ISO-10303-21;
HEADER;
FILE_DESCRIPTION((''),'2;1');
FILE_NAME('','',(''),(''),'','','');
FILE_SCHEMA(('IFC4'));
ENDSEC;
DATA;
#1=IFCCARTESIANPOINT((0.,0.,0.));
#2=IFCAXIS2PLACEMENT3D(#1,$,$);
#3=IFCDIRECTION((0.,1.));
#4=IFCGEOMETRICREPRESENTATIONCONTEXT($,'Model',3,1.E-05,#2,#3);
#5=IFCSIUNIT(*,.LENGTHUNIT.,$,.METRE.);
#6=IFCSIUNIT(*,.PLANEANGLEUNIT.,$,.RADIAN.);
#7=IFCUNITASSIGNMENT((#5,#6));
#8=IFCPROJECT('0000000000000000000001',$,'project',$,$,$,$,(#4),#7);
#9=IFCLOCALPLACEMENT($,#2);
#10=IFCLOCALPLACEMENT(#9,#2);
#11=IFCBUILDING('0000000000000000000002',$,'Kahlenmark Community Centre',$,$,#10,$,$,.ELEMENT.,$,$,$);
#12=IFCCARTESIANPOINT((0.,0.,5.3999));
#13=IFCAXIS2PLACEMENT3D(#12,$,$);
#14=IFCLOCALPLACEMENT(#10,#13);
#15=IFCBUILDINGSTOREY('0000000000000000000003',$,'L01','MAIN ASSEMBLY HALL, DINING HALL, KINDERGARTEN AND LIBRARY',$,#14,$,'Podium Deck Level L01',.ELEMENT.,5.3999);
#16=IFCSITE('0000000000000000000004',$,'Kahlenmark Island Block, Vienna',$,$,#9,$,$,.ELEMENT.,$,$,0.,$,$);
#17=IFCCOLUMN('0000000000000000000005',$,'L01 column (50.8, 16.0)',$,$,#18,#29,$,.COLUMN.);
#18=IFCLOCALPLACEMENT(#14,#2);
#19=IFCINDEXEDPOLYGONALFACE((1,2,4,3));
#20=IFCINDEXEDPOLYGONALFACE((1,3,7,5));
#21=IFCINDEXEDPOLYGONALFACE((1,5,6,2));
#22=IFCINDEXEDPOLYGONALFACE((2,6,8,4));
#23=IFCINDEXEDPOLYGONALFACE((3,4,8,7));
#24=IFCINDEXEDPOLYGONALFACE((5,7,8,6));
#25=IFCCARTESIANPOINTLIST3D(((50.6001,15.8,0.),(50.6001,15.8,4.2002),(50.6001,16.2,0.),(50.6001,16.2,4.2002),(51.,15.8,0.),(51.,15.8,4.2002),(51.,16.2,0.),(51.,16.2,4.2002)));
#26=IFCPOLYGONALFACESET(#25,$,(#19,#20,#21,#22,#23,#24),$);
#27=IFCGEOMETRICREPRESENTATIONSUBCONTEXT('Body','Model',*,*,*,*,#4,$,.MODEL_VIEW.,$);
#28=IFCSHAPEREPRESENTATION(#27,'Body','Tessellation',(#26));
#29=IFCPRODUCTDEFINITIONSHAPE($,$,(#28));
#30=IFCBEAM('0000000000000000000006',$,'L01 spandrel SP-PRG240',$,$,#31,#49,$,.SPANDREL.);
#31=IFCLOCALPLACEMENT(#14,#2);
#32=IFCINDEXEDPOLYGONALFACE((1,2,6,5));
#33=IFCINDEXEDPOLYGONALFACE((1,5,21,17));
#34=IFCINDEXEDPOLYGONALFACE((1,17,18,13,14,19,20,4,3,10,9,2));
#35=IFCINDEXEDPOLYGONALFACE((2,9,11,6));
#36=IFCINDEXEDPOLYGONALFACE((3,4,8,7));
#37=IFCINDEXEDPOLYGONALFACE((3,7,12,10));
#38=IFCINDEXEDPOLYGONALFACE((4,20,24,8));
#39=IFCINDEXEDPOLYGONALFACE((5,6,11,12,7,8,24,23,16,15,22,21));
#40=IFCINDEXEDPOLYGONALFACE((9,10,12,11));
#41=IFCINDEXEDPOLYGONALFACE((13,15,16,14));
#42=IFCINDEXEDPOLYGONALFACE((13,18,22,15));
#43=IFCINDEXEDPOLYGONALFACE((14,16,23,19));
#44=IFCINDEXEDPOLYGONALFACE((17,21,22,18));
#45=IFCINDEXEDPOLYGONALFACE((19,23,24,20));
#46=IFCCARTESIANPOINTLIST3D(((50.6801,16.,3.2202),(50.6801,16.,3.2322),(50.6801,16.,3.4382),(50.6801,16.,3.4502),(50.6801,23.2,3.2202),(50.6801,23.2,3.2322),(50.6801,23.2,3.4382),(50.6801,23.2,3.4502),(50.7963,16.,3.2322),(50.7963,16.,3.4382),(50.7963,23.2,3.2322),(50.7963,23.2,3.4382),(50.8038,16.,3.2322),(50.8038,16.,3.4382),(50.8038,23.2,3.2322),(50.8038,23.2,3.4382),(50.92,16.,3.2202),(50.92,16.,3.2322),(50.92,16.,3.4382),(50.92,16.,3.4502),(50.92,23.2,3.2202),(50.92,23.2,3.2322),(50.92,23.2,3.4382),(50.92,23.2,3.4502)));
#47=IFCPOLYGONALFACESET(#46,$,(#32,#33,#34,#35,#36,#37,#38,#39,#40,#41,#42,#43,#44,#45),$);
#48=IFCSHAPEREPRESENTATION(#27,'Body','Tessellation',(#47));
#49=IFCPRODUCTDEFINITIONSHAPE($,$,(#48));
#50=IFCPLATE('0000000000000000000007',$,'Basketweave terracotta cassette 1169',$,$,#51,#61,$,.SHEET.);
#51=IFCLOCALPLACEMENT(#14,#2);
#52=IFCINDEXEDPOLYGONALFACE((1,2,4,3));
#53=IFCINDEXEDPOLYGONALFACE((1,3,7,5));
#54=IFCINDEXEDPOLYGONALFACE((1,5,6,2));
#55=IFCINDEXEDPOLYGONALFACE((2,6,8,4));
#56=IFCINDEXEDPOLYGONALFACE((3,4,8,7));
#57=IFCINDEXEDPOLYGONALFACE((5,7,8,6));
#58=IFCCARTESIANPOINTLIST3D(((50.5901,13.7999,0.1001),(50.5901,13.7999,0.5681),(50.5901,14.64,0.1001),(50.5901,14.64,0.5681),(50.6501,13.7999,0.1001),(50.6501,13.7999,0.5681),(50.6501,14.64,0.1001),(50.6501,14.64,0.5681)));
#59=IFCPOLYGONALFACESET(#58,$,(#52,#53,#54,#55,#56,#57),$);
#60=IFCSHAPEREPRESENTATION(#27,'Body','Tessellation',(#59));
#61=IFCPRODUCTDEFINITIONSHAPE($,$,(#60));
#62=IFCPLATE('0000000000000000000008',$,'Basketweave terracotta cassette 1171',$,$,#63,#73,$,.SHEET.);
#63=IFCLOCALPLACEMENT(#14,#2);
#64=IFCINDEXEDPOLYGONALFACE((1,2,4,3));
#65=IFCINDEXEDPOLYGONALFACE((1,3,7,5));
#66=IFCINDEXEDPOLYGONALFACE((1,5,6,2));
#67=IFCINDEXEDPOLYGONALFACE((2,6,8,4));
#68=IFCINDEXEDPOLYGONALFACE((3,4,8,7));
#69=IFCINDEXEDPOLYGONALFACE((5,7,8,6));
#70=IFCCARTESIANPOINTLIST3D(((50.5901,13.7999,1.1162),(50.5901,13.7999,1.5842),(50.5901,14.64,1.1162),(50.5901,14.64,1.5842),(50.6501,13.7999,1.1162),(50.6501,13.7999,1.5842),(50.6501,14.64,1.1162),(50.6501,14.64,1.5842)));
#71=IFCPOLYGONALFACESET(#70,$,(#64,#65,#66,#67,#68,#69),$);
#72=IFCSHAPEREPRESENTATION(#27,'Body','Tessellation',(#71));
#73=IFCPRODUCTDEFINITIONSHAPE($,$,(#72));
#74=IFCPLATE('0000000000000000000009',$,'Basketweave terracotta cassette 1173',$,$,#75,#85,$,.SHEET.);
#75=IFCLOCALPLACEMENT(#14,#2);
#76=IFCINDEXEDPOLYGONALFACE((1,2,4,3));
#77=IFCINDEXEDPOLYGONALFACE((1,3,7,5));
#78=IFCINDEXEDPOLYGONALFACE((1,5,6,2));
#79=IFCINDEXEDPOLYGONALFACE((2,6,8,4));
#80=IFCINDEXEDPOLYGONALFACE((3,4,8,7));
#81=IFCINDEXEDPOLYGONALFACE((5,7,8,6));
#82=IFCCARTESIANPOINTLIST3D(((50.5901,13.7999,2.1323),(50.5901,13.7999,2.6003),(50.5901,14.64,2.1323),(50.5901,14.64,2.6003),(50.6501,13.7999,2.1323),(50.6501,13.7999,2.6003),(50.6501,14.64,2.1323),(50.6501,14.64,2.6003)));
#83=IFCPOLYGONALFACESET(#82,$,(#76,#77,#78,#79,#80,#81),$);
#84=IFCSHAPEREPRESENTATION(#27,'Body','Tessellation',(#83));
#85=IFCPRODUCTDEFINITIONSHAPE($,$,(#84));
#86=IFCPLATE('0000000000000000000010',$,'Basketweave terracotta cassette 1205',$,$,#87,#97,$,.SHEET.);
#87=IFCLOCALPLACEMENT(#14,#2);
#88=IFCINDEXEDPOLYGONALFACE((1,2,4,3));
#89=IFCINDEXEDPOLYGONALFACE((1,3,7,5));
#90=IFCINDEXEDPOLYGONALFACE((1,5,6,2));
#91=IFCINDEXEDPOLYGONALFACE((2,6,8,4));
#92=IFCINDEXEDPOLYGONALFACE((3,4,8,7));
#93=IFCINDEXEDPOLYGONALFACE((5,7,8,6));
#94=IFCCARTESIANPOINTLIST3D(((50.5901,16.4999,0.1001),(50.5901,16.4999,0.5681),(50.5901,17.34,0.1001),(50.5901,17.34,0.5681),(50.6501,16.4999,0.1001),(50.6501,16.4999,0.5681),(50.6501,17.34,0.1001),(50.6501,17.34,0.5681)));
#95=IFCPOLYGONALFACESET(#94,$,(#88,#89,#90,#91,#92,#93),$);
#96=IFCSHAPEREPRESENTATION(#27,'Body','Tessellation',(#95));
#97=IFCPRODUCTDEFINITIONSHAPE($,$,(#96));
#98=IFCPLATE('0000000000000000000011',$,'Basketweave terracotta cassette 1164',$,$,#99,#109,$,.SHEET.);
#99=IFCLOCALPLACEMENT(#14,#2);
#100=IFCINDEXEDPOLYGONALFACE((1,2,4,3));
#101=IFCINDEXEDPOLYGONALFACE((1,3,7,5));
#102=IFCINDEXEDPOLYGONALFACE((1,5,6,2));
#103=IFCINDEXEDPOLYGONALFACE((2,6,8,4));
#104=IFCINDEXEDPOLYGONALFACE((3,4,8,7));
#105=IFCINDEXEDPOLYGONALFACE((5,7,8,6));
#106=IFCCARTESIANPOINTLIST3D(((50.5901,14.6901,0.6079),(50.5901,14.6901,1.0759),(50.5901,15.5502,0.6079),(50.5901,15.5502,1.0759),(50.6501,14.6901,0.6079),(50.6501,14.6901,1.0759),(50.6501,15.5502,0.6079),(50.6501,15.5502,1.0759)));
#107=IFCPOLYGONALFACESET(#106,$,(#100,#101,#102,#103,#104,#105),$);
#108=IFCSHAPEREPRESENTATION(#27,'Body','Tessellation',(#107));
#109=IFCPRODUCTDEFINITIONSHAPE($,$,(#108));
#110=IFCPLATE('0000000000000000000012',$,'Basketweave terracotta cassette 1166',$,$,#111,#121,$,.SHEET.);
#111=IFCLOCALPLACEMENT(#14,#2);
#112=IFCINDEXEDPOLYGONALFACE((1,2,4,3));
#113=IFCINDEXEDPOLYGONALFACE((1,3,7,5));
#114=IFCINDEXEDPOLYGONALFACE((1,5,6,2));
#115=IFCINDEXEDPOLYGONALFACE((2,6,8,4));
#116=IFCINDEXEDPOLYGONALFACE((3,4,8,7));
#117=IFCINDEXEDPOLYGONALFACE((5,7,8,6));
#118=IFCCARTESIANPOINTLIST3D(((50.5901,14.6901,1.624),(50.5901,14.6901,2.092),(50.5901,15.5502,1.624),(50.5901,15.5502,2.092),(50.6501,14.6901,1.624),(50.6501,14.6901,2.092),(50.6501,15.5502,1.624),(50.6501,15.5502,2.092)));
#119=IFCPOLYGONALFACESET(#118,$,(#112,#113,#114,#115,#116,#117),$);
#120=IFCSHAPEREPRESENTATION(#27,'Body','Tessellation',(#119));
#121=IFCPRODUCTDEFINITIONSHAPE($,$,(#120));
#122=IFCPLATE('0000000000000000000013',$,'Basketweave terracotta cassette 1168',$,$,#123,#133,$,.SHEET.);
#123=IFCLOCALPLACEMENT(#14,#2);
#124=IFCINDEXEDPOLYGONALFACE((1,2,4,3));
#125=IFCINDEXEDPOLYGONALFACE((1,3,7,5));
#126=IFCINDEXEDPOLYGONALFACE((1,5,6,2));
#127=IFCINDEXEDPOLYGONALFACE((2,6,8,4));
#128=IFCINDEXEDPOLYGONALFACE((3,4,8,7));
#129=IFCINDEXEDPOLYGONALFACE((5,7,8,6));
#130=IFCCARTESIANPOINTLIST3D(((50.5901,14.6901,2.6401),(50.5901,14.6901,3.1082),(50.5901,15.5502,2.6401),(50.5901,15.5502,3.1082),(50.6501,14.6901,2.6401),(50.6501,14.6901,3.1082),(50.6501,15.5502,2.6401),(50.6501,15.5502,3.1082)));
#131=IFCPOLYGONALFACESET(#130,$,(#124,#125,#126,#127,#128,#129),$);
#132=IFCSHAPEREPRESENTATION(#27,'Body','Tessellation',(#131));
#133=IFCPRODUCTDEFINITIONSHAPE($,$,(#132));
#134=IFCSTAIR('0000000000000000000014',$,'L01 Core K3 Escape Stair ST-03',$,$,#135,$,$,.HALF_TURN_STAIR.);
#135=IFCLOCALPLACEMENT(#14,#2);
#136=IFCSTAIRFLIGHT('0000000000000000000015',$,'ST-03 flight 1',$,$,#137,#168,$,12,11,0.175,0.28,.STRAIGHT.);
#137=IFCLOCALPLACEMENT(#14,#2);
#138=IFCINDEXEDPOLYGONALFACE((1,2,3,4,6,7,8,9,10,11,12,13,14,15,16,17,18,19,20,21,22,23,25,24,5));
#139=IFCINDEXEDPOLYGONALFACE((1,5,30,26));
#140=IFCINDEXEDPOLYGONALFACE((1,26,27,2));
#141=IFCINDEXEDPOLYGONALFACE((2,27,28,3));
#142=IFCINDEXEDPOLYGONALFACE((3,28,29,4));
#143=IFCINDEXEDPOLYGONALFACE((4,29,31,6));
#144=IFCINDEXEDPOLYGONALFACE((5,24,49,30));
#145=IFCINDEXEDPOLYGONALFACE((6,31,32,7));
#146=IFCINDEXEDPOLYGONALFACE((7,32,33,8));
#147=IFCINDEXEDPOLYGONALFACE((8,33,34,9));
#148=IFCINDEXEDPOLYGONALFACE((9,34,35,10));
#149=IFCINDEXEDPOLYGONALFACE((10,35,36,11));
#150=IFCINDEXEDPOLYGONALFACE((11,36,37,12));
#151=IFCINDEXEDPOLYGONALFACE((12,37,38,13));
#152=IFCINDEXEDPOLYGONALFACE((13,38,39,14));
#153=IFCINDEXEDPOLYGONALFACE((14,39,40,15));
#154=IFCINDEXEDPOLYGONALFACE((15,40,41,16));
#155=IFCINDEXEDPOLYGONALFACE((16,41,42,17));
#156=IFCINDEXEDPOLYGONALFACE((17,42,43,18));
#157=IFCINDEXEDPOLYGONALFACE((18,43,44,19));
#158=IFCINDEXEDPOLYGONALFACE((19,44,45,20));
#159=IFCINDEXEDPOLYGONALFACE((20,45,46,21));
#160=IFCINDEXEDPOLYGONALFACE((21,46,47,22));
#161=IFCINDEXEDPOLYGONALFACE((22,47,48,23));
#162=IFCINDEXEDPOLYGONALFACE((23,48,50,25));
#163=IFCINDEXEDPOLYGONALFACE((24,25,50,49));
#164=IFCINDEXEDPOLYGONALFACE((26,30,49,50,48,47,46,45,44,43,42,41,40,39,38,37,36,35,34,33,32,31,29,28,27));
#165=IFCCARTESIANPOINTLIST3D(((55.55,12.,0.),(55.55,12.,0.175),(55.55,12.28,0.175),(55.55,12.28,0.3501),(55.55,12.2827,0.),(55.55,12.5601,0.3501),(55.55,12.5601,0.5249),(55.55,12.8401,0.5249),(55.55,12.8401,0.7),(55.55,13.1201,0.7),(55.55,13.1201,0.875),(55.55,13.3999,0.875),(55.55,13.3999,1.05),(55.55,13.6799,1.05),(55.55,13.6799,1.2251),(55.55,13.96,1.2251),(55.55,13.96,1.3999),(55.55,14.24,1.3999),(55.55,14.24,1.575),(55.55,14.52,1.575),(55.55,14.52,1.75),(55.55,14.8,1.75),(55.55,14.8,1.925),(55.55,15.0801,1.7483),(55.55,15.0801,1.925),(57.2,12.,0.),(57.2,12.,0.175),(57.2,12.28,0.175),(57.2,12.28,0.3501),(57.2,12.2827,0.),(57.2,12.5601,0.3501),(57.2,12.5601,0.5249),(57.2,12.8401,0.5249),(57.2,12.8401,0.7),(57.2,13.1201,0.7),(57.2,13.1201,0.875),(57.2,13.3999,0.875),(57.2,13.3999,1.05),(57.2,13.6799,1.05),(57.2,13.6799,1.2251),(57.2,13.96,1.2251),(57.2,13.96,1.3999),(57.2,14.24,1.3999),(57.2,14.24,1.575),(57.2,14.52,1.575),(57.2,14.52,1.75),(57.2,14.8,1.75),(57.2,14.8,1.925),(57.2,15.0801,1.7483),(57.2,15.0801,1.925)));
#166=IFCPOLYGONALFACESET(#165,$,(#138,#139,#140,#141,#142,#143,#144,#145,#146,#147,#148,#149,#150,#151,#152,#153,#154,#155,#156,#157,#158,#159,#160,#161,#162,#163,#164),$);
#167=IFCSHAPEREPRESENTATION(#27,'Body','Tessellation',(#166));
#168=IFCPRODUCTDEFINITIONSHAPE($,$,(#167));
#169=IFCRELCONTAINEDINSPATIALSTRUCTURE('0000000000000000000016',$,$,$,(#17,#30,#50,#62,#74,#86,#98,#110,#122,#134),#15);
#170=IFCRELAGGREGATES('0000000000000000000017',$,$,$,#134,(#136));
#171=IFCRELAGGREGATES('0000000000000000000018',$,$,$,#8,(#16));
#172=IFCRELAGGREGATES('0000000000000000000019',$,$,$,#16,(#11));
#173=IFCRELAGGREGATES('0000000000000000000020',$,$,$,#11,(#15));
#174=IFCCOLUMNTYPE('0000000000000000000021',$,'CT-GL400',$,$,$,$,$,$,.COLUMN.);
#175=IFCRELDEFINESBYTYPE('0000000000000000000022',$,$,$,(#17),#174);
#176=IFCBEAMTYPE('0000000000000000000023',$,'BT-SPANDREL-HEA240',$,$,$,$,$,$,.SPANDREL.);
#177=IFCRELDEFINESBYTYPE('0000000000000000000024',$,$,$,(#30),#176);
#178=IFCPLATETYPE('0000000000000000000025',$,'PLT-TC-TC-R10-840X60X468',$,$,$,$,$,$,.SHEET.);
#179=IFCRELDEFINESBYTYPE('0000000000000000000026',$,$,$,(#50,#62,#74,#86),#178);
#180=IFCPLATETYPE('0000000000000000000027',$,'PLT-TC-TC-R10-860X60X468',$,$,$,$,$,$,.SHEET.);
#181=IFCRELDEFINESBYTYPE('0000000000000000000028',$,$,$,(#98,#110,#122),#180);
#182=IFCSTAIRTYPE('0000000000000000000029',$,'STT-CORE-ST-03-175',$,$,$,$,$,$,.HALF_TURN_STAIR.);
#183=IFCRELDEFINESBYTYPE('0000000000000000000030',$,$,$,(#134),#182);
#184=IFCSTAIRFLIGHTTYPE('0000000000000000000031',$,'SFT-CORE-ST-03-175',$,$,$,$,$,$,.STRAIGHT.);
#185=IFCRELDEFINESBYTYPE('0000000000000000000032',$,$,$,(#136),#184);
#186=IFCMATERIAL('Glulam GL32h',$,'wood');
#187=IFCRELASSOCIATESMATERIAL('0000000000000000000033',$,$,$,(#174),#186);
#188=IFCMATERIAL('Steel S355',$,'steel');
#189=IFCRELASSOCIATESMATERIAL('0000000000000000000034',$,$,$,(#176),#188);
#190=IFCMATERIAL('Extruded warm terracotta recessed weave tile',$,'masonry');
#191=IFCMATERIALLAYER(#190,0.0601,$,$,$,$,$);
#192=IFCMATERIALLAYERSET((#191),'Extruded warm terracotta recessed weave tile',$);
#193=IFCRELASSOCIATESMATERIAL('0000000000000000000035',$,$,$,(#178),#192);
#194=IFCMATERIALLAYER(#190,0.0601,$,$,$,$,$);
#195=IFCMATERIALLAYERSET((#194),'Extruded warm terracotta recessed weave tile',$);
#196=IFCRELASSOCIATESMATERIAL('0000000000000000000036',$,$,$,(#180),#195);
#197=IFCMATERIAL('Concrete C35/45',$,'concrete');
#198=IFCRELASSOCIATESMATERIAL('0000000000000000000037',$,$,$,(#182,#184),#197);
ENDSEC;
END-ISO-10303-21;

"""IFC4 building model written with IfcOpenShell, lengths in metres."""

from ifc_helpers import new_model, si_unit, direction, frame, origin, origin_2d, place, context, subcontext, project, spatial, polyline, rectangle, i_section, outline, extrude, material, layer, layer_set, material_profile, profile_set, type_object, element, aggregate, save


model = new_model("IFC4")

# Units and contexts
model_context = context("Model", 3, precision=1e-05, world=origin(), true_north=direction((0.0, 1.0)))
body_context = subcontext(model_context, "Body", "Model", "MODEL_VIEW")
ifc_project = project(units=[si_unit("LENGTHUNIT", "METRE"), si_unit("PLANEANGLEUNIT", "RADIAN")], contexts=[model_context])

# Site, building, storey
site_placement = place(None, origin())
site = spatial("IfcSite", under=ifc_project, at=site_placement, Name="Kahlenmark Island Block, Vienna", CompositionType="ELEMENT", RefElevation=0.0)
building_placement = place(site_placement, origin())
building = spatial("IfcBuilding", under=site, at=building_placement, Name="Kahlenmark Community Centre", CompositionType="ELEMENT")
storey_placement = place(building_placement, frame((0.0, 0.0, 5.3999)))
storey = spatial("IfcBuildingStorey", under=building, at=storey_placement, Name="L01", Description="MAIN ASSEMBLY HALL, DINING HALL, KINDERGARTEN AND LIBRARY", LongName="Podium Deck Level L01", CompositionType="ELEMENT", Elevation=5.3999)

# Column
ifc_material_1 = material(Name="Glulam GL32h", Category="wood")
ifc_material_profile_1 = material_profile(ifc_material_1, rectangle(XDim=0.3999, YDim=0.3999, at=origin_2d()), Name="GL32h 400x400")
ifc_profile_set_1 = profile_set([ifc_material_profile_1], Name="Glulam GL32h")
column_type = type_object("IfcColumnType", Name="CT-GL400", PredefinedType="COLUMN", material=ifc_profile_set_1)
column_placement = place(storey_placement, frame((50.8, 16.0, 0.0), z_axis=(0.0, 0.0, 1.0), x_axis=(1.0, 0.0, 0.0)))
element("IfcColumn", 1, at=column_placement, inside=storey, type_object=column_type, Name="L01 column (50.8, 16.0)", PredefinedType="COLUMN", context=body_context, shape_type="SweptSolid", body=[
    extrude(rectangle(XDim=0.3999, YDim=0.3999, at=origin_2d()), origin(), (0.0, 0.0, 1.0), 4.2002),
])

# Beam
ifc_material_2 = material(Name="Steel S355", Category="steel")
ifc_material_profile_2 = material_profile(ifc_material_2, i_section(OverallWidth=0.24, OverallDepth=0.23, WebThickness=0.0076, FlangeThickness=0.012, at=origin_2d()), Name="HEA 240")
ifc_profile_set_2 = profile_set([ifc_material_profile_2], Name="Steel S355")
beam_type = type_object("IfcBeamType", Name="BT-SPANDREL-HEA240", PredefinedType="SPANDREL", material=ifc_profile_set_2)
beam_placement = place(storey_placement, frame((50.8, 16.0, 3.3352), z_axis=(0.0, 1.0, 0.0), x_axis=(-1.0, 0.0, 0.0)))
element("IfcBeam", 2, at=beam_placement, inside=storey, type_object=beam_type, Name="L01 spandrel SP-PRG240", PredefinedType="SPANDREL", context=body_context, shape_type="SweptSolid", body=[
    extrude(i_section(OverallWidth=0.24, OverallDepth=0.23, WebThickness=0.0076, FlangeThickness=0.012, at=origin_2d()), origin(), (0.0, 0.0, 1.0), 7.2),
])

# Plates
ifc_material_3 = material(Name="Extruded warm terracotta recessed weave tile", Category="masonry")
ifc_layer_1 = layer(ifc_material_3, 0.0601)
ifc_layer_set_1 = layer_set([ifc_layer_1], Name="Extruded warm terracotta recessed weave tile")
plate_type_1 = type_object("IfcPlateType", Name="PLT-TC-TC-R10-840X60X468", PredefinedType="SHEET", material=ifc_layer_set_1)
for number, where, z_axis, x_axis, name in (
    (3, (50.6201, 14.22, 0.1001), (0.0, 0.0, 1.0), (0.0, -1.0, 0.0), "Basketweave terracotta cassette 1169"),
    (4, (50.6201, 14.22, 1.1162), (0.0, 0.0, 1.0), (0.0, -1.0, 0.0), "Basketweave terracotta cassette 1171"),
    (5, (50.6201, 14.22, 2.1323), (0.0, 0.0, 1.0), (0.0, -1.0, 0.0), "Basketweave terracotta cassette 1173"),
    (6, (50.6201, 16.9199, 0.1001), (0.0, 0.0, 1.0), (0.0, -1.0, 0.0), "Basketweave terracotta cassette 1205"),
):
    element("IfcPlate", number, at=place(storey_placement, frame(where, z_axis=z_axis, x_axis=x_axis)), inside=storey, type_object=plate_type_1, Name=name, PredefinedType="SHEET", context=body_context, shape_type="SweptSolid", body=[
        extrude(rectangle(XDim=0.8401, YDim=0.0601, at=origin_2d()), origin(), (0.0, 0.0, 1.0), 0.468),
    ])
ifc_layer_2 = layer(ifc_material_3, 0.0601)
ifc_layer_set_2 = layer_set([ifc_layer_2], Name="Extruded warm terracotta recessed weave tile")
plate_type_2 = type_object("IfcPlateType", Name="PLT-TC-TC-R10-860X60X468", PredefinedType="SHEET", material=ifc_layer_set_2)
for number, where, z_axis, x_axis, name in (
    (7, (50.6201, 15.1201, 0.6079), (0.0, 0.0, 1.0), (0.0, -1.0, 0.0), "Basketweave terracotta cassette 1164"),
    (8, (50.6201, 15.1201, 1.624), (0.0, 0.0, 1.0), (0.0, -1.0, 0.0), "Basketweave terracotta cassette 1166"),
    (9, (50.6201, 15.1201, 2.6401), (0.0, 0.0, 1.0), (0.0, -1.0, 0.0), "Basketweave terracotta cassette 1168"),
):
    element("IfcPlate", number, at=place(storey_placement, frame(where, z_axis=z_axis, x_axis=x_axis)), inside=storey, type_object=plate_type_2, Name=name, PredefinedType="SHEET", context=body_context, shape_type="SweptSolid", body=[
        extrude(rectangle(XDim=0.8601, YDim=0.0601, at=origin_2d()), origin(), (0.0, 0.0, 1.0), 0.468),
    ])

# Stair, stair flight
ifc_material_4 = material(Name="Concrete C35/45", Category="concrete")
stair_type = type_object("IfcStairType", Name="STT-CORE-ST-03-175", PredefinedType="HALF_TURN_STAIR", material=ifc_material_4)
stair_placement = place(storey_placement, origin())
stair = element("IfcStair", 10, at=stair_placement, inside=storey, type_object=stair_type, Name="L01 Core K3 Escape Stair ST-03", PredefinedType="HALF_TURN_STAIR")
stair_flight_type = type_object("IfcStairFlightType", Name="SFT-CORE-ST-03-175", PredefinedType="STRAIGHT", material=ifc_material_4)
stair_flight_1_placement = place(storey_placement, frame((56.375, 12.0, 0.0), z_axis=(0.0, 0.0, 1.0), x_axis=(0.0, 1.0, 0.0)))
stair_flight_1 = element("IfcStairFlight", 11, at=stair_flight_1_placement, type_object=stair_flight_type, Name="ST-03 flight 1", NumberOfRisers=12, NumberOfTreads=11, PredefinedType="STRAIGHT", RiserHeight=0.175, TreadLength=0.28, context=body_context, shape_type="SweptSolid", body=[
    extrude(outline(polyline([(0.0, 0.0), (0.0, 0.175), (0.28, 0.175), (0.28, 0.3501), (0.5601, 0.3501), (0.5601, 0.5249), (0.8401, 0.5249), (0.8401, 0.7), (1.1201, 0.7), (1.1201, 0.875), (1.3999, 0.875), (1.3999, 1.05), (1.6799, 1.05), (1.6799, 1.2251), (1.96, 1.2251), (1.96, 1.3999), (2.24, 1.3999), (2.24, 1.575), (2.52, 1.575), (2.52, 1.75), (2.8, 1.75), (2.8, 1.925), (3.0801, 1.925), (3.0801, 2.1001), (3.0801, 1.7483), (0.2827, 0.0), (0.0, 0.0)])), frame((0.0, 0.825, 0.0), z_axis=(0.0, -1.0, 0.0), x_axis=(1.0, 0.0, 0.0)), (0.0, 0.0, 1.0), 1.6499),
])
aggregate(stair, [stair_flight_1])

save(model, "model.ifc")
